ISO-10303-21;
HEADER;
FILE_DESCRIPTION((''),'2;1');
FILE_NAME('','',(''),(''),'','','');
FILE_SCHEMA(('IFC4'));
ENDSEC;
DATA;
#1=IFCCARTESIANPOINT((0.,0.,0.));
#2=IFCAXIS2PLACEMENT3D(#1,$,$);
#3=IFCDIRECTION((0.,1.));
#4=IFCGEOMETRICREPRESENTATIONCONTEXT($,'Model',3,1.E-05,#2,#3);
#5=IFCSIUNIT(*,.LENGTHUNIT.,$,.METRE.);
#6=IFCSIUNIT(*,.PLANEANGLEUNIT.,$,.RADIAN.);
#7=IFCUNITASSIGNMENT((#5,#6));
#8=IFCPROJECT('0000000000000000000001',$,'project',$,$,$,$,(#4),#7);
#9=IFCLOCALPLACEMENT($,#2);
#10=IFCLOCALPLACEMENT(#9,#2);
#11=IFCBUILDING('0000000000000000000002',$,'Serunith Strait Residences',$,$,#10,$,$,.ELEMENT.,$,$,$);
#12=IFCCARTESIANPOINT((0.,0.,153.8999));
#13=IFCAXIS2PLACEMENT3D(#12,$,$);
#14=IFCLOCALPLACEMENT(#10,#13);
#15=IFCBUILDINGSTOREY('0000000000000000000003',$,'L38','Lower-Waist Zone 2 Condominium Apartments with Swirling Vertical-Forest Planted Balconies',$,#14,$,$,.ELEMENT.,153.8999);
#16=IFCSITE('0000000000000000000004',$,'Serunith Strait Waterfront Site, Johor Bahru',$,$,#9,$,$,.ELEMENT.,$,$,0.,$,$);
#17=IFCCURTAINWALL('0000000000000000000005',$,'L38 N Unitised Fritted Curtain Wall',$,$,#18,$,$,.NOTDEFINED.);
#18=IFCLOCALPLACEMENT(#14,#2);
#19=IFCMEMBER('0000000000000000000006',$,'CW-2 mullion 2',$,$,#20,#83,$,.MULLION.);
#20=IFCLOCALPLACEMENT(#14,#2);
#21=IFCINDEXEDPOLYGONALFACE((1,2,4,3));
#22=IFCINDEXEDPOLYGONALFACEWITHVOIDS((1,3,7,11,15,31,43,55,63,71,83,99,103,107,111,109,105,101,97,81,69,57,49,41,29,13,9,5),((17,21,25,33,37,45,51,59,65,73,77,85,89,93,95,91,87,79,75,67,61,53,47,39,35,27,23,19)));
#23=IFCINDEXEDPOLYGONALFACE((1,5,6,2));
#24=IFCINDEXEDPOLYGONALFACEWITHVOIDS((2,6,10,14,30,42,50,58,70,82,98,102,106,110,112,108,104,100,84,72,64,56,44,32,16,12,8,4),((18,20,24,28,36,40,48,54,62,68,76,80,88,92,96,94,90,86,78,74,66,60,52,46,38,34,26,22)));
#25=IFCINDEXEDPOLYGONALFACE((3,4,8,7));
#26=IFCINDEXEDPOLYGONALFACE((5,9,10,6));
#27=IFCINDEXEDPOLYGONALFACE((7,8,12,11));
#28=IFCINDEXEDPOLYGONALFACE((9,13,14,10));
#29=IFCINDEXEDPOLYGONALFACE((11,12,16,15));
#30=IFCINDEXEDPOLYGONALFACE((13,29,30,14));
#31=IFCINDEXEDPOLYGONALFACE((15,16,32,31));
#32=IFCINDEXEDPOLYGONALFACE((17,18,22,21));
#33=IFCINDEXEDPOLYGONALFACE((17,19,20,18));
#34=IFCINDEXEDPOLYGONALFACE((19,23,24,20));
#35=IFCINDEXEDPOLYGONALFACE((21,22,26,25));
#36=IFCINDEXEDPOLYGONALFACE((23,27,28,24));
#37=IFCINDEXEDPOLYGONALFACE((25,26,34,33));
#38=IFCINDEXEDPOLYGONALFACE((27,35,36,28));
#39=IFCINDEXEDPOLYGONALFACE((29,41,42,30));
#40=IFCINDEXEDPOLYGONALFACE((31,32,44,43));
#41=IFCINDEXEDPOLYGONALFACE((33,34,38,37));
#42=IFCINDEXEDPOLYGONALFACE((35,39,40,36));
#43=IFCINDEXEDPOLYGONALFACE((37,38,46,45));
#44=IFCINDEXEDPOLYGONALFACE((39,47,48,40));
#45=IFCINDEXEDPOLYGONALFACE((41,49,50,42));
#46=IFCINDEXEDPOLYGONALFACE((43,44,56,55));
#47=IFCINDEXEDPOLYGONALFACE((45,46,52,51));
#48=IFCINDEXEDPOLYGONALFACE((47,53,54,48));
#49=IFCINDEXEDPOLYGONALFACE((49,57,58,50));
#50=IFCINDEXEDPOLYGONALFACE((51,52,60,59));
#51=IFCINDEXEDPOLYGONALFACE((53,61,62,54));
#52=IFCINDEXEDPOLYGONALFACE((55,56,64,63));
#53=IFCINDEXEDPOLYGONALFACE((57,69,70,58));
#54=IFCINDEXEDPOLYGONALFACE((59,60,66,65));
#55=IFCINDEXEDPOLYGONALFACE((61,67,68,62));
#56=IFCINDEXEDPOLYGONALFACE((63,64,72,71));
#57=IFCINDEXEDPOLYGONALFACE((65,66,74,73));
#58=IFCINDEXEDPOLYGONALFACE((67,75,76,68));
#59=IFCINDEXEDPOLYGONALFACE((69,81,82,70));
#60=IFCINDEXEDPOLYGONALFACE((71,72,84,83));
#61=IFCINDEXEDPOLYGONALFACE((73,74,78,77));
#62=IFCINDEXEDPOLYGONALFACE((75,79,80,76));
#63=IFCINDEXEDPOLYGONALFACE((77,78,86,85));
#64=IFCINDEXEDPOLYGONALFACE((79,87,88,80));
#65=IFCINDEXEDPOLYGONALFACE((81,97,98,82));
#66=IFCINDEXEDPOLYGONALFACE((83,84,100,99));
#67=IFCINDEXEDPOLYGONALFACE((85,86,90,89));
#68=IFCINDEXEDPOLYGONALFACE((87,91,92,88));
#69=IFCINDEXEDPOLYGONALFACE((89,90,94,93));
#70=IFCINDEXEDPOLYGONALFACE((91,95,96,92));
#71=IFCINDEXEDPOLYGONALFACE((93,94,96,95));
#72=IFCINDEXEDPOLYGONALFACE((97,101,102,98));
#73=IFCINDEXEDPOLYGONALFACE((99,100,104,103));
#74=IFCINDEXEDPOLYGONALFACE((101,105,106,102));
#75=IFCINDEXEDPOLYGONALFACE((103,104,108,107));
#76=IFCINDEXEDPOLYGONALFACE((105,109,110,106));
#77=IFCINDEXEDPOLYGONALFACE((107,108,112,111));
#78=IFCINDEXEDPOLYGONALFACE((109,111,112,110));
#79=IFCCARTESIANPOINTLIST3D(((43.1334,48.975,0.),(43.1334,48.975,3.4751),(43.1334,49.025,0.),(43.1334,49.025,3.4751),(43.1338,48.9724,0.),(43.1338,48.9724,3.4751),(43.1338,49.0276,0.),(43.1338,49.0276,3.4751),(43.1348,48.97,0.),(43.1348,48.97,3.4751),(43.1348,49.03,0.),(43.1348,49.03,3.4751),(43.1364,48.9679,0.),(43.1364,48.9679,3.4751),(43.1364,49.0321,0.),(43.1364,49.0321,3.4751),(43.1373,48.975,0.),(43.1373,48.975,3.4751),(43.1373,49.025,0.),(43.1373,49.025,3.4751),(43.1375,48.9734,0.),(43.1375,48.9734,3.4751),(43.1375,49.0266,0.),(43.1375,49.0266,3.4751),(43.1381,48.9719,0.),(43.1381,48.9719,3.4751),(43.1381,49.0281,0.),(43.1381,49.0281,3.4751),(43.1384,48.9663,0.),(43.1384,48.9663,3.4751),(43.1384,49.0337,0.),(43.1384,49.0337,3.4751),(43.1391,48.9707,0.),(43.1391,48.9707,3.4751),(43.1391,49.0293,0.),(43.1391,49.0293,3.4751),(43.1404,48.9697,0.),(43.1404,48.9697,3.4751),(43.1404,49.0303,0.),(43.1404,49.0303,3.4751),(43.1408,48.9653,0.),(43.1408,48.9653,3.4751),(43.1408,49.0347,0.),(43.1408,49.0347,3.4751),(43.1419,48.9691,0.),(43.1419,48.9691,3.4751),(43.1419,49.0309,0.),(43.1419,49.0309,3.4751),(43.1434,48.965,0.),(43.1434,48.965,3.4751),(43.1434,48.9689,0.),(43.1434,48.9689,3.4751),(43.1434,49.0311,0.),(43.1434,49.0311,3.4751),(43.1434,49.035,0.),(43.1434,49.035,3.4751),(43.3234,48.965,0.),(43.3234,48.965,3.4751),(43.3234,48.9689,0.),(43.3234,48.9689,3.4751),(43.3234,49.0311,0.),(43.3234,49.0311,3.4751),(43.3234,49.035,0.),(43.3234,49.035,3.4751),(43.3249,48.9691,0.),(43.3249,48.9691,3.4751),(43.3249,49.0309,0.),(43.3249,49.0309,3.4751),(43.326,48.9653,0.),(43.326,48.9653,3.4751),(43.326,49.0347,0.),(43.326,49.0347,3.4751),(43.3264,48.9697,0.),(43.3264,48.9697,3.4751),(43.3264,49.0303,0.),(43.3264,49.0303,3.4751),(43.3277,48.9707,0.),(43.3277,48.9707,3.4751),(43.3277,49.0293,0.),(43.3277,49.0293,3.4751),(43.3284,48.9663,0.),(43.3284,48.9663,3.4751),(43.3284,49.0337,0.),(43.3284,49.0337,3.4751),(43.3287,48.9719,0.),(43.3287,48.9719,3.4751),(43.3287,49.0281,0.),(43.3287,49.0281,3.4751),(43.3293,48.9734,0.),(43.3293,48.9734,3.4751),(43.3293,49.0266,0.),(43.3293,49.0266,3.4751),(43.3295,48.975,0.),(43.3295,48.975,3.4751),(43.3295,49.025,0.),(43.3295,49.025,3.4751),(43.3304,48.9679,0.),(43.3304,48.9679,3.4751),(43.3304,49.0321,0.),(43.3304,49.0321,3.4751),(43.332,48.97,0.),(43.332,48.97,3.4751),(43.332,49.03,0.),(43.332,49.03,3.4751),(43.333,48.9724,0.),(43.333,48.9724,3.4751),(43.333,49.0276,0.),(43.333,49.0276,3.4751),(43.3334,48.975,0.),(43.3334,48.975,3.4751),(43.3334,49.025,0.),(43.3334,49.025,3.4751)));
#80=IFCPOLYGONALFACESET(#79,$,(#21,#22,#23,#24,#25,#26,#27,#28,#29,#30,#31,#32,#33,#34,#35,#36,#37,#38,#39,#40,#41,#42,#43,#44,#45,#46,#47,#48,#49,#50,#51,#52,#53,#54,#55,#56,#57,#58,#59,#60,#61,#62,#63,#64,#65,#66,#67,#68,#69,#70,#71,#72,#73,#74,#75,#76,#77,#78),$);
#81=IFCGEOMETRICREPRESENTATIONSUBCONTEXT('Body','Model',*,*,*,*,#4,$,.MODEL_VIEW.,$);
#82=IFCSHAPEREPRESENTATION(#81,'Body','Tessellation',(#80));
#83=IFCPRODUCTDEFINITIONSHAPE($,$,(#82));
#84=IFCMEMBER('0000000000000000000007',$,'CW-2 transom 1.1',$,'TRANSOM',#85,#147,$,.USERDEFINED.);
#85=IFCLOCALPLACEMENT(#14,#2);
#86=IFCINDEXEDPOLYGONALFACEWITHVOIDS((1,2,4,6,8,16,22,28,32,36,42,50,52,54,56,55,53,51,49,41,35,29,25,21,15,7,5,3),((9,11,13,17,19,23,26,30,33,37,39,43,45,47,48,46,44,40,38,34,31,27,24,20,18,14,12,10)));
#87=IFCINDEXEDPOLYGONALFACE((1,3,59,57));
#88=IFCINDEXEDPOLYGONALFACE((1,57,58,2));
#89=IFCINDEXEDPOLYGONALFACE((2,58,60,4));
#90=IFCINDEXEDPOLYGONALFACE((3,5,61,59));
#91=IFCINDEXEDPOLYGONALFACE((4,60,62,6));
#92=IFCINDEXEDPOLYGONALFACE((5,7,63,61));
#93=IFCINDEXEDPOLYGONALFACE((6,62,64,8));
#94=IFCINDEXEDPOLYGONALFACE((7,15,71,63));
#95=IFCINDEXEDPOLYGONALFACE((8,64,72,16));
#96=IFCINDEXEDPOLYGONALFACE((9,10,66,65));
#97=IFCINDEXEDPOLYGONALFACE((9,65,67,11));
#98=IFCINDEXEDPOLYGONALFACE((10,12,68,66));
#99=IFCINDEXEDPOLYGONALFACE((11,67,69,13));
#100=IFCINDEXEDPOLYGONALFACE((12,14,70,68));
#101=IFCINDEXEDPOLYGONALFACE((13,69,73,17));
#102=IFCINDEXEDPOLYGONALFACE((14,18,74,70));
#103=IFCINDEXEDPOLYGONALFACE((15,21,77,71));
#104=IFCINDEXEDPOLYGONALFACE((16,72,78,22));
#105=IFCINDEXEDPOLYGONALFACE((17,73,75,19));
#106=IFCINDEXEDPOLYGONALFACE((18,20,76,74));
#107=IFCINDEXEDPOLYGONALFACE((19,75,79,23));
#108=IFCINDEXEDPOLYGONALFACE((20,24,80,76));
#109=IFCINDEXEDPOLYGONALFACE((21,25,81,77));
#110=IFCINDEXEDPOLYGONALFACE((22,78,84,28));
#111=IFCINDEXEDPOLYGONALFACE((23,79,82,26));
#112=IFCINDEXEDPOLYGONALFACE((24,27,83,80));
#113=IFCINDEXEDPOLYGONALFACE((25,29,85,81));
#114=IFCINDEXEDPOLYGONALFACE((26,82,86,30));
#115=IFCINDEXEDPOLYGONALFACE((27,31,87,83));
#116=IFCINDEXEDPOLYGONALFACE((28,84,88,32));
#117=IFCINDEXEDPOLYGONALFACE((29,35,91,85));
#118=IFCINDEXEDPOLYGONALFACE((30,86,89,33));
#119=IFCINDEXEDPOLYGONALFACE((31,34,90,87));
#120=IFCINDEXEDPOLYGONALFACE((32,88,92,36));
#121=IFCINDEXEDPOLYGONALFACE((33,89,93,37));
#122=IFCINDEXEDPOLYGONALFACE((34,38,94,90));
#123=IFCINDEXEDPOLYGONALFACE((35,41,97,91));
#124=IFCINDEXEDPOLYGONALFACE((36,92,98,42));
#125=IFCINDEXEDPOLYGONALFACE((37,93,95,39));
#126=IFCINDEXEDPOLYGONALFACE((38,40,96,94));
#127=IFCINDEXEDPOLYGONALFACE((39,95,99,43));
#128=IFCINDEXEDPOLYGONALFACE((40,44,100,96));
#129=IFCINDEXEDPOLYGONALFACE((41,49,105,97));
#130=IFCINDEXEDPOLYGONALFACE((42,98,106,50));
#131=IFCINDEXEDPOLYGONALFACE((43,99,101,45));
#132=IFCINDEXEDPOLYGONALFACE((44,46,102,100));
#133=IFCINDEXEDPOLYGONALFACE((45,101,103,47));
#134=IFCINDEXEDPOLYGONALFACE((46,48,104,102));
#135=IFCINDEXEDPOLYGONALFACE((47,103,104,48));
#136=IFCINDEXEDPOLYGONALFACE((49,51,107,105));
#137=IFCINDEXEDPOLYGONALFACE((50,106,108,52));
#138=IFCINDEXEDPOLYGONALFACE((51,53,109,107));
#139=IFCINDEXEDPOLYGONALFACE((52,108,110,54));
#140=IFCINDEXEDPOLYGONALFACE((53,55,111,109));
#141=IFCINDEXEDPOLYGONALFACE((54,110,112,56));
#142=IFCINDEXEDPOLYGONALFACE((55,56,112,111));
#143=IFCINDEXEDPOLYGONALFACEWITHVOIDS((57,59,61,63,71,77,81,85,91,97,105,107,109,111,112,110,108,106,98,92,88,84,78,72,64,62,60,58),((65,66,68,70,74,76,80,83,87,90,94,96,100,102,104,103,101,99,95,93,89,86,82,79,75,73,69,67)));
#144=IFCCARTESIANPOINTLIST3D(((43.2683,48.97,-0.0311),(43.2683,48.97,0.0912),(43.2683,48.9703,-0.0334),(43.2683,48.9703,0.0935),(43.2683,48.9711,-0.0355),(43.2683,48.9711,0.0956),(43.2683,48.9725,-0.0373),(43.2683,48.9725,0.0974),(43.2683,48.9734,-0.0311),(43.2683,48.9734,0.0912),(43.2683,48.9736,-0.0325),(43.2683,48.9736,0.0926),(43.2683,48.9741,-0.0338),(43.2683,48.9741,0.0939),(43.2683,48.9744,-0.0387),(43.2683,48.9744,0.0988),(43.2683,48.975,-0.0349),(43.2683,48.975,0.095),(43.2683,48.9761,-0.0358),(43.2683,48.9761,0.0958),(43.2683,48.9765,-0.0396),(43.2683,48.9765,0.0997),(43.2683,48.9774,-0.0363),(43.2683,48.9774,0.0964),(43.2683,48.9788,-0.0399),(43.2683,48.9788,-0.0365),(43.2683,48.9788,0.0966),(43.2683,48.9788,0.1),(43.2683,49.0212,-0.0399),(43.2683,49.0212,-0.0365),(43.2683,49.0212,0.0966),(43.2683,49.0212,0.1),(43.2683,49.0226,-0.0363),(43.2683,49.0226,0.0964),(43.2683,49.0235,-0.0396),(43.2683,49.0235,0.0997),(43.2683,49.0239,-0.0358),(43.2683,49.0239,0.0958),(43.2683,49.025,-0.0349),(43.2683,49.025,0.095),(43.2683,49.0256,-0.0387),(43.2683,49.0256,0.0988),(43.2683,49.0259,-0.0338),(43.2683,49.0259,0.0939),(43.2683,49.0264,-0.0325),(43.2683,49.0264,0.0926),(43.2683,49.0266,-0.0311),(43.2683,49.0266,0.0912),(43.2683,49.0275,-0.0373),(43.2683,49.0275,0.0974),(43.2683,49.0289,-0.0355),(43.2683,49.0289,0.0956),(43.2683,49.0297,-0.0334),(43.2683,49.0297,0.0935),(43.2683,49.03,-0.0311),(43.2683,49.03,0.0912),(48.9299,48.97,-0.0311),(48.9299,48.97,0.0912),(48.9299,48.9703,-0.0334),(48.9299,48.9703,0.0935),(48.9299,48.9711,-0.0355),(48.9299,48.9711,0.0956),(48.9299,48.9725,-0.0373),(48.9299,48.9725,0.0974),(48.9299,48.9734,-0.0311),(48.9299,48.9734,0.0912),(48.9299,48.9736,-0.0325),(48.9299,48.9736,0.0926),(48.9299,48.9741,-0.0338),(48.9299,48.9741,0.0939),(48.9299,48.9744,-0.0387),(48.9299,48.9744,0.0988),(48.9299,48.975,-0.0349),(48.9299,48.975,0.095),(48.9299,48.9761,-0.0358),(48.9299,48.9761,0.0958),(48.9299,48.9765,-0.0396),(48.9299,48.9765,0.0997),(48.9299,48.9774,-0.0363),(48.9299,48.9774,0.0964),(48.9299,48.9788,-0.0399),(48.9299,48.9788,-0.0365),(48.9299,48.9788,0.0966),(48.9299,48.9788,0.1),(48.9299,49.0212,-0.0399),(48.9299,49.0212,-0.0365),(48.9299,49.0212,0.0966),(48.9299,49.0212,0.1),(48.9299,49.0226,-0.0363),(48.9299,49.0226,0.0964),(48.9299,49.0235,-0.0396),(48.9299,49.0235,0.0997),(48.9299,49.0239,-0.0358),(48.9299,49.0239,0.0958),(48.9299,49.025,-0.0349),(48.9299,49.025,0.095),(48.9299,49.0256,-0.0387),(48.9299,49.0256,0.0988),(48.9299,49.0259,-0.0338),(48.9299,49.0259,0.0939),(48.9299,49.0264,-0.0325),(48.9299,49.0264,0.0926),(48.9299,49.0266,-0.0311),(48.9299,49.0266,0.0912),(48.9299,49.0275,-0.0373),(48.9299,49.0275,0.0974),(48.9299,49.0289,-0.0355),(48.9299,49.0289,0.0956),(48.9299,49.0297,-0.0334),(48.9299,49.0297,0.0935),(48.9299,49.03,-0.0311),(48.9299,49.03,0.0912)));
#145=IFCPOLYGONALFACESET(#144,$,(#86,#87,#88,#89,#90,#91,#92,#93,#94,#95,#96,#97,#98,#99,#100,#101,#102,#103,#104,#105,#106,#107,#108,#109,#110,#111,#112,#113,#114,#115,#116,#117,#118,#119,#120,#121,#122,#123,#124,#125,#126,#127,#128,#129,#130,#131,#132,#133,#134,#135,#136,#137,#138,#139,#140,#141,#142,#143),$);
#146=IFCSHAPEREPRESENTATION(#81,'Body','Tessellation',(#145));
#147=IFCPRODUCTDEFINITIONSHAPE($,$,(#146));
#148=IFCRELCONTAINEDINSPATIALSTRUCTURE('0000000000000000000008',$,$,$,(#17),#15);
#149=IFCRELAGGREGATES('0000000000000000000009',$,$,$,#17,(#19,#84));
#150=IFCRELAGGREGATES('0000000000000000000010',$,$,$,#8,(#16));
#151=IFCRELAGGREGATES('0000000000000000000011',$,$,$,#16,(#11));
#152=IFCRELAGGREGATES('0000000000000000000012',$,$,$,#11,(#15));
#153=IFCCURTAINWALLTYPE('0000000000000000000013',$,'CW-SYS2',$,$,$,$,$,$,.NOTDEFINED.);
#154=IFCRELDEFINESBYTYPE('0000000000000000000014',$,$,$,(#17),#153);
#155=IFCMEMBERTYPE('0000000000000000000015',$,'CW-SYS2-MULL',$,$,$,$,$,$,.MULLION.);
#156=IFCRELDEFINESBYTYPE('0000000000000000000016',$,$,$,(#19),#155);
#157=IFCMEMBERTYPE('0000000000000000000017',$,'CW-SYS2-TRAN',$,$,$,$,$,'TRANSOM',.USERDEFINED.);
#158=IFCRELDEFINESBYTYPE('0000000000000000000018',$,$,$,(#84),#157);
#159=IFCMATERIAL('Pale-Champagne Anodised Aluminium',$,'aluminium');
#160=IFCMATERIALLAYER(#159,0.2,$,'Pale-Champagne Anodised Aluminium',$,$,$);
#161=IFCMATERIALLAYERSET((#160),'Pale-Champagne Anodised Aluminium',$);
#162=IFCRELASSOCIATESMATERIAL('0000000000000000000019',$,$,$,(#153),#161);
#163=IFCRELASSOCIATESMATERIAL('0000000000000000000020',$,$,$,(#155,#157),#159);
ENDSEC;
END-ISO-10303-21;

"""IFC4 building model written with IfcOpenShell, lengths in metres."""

from ifc_helpers import new_model, si_unit, direction, frame, origin, origin_2d, place, context, subcontext, project, spatial, hollow_rectangle, extrude, source, transform, mapped, material, layer, layer_set, material_profile, profile_set, type_object, element, aggregate, save


model = new_model("IFC4")

# Units and contexts
model_context = context("Model", 3, precision=1e-05, world=origin(), true_north=direction((0.0, 1.0)))
body_context = subcontext(model_context, "Body", "Model", "MODEL_VIEW")
ifc_project = project(units=[si_unit("LENGTHUNIT", "METRE"), si_unit("PLANEANGLEUNIT", "RADIAN")], contexts=[model_context])

# Site, building, storey
site_placement = place(None, origin())
site = spatial("IfcSite", under=ifc_project, at=site_placement, Name="Serunith Strait Waterfront Site, Johor Bahru", CompositionType="ELEMENT", RefElevation=0.0)
building_placement = place(site_placement, origin())
building = spatial("IfcBuilding", under=site, at=building_placement, Name="Serunith Strait Residences", CompositionType="ELEMENT")
storey_placement = place(building_placement, frame((0.0, 0.0, 153.8999)))
storey = spatial("IfcBuildingStorey", under=building, at=storey_placement, Name="L38", Description="Lower-Waist Zone 2 Condominium Apartments with Swirling Vertical-Forest Planted Balconies", CompositionType="ELEMENT", Elevation=153.8999)

# Shared definitions
ifc_material_1 = material(Name="Pale-Champagne Anodised Aluminium", Category="aluminium")
ifc_layer_1 = layer(ifc_material_1, 0.2, Name="Pale-Champagne Anodised Aluminium")
ifc_layer_set_1 = layer_set([ifc_layer_1], Name="Pale-Champagne Anodised Aluminium")
curtain_wall_type = type_object("IfcCurtainWallType", Name="CW-SYS2", PredefinedType="NOTDEFINED", material=ifc_layer_set_1)
ifc_material_profile_1 = material_profile(ifc_material_1, hollow_rectangle(XDim=0.0701, YDim=0.2, WallThickness=0.0039, InnerFilletRadius=0.0061, OuterFilletRadius=0.01, at=origin_2d()), Name="ALU 200x70x4")
ifc_profile_set_1 = profile_set([ifc_material_profile_1], Name="Pale-Champagne Anodised Aluminium")
member_type_1 = type_object("IfcMemberType", Name="CW-SYS2-MULL", PredefinedType="MULLION", material=ifc_profile_set_1)
shared_shape_1 = source(origin(), body_context, "Body", "SweptSolid", [
    extrude(hollow_rectangle(XDim=0.0701, YDim=0.2, WallThickness=0.0039, InnerFilletRadius=0.0061, OuterFilletRadius=0.01, at=origin_2d()), origin(), (0.0, 0.0, 1.0), 3.4751),
])

# Curtain wall, members
curtain_wall_1_placement = place(storey_placement, origin())
curtain_wall_1 = element("IfcCurtainWall", 1, at=curtain_wall_1_placement, inside=storey, type_object=curtain_wall_type, Name="L38 N Unitised Fritted Curtain Wall", PredefinedType="NOTDEFINED")
member_1_placement = place(storey_placement, frame((43.2334, 49.0, 0.0), z_axis=(0.0, 0.0, 1.0), x_axis=(0.0, -1.0, 0.0)))
member_1 = element("IfcMember", 2, at=member_1_placement, type_object=member_type_1, Name="CW-2 mullion 2", PredefinedType="MULLION", context=body_context, shape_type="MappedRepresentation", body=[
    mapped(shared_shape_1, transform((0.0, 0.0, 0.0), scale=1.0)),
])
ifc_material_profile_2 = material_profile(ifc_material_1, hollow_rectangle(XDim=0.0601, YDim=0.1399, WallThickness=0.0034, InnerFilletRadius=0.0054, OuterFilletRadius=0.0088, at=origin_2d()), Name="ALU 140x60x3.5")
ifc_profile_set_2 = profile_set([ifc_material_profile_2], Name="Pale-Champagne Anodised Aluminium")
member_type_2 = type_object("IfcMemberType", Name="CW-SYS2-TRAN", ElementType="TRANSOM", PredefinedType="USERDEFINED", material=ifc_profile_set_2)
shared_shape_2 = source(origin(), body_context, "Body", "SweptSolid", [
    extrude(hollow_rectangle(XDim=0.0601, YDim=0.1399, WallThickness=0.0034, InnerFilletRadius=0.0054, OuterFilletRadius=0.0088, at=origin_2d()), origin(), (0.0, 0.0, 1.0), 5.6616),
])
member_2_placement = place(storey_placement, frame((48.9299, 49.0, 0.03), z_axis=(-1.0, 0.0, 0.0), x_axis=(0.0, -1.0, 0.0)))
member_2 = element("IfcMember", 3, at=member_2_placement, type_object=member_type_2, Name="CW-2 transom 1.1", ObjectType="TRANSOM", PredefinedType="USERDEFINED", context=body_context, shape_type="MappedRepresentation", body=[
    mapped(shared_shape_2, transform((0.0, 0.0, 0.0), scale=1.0)),
])

aggregate(curtain_wall_1, [member_1, member_2])

save(model, "model.ifc")
